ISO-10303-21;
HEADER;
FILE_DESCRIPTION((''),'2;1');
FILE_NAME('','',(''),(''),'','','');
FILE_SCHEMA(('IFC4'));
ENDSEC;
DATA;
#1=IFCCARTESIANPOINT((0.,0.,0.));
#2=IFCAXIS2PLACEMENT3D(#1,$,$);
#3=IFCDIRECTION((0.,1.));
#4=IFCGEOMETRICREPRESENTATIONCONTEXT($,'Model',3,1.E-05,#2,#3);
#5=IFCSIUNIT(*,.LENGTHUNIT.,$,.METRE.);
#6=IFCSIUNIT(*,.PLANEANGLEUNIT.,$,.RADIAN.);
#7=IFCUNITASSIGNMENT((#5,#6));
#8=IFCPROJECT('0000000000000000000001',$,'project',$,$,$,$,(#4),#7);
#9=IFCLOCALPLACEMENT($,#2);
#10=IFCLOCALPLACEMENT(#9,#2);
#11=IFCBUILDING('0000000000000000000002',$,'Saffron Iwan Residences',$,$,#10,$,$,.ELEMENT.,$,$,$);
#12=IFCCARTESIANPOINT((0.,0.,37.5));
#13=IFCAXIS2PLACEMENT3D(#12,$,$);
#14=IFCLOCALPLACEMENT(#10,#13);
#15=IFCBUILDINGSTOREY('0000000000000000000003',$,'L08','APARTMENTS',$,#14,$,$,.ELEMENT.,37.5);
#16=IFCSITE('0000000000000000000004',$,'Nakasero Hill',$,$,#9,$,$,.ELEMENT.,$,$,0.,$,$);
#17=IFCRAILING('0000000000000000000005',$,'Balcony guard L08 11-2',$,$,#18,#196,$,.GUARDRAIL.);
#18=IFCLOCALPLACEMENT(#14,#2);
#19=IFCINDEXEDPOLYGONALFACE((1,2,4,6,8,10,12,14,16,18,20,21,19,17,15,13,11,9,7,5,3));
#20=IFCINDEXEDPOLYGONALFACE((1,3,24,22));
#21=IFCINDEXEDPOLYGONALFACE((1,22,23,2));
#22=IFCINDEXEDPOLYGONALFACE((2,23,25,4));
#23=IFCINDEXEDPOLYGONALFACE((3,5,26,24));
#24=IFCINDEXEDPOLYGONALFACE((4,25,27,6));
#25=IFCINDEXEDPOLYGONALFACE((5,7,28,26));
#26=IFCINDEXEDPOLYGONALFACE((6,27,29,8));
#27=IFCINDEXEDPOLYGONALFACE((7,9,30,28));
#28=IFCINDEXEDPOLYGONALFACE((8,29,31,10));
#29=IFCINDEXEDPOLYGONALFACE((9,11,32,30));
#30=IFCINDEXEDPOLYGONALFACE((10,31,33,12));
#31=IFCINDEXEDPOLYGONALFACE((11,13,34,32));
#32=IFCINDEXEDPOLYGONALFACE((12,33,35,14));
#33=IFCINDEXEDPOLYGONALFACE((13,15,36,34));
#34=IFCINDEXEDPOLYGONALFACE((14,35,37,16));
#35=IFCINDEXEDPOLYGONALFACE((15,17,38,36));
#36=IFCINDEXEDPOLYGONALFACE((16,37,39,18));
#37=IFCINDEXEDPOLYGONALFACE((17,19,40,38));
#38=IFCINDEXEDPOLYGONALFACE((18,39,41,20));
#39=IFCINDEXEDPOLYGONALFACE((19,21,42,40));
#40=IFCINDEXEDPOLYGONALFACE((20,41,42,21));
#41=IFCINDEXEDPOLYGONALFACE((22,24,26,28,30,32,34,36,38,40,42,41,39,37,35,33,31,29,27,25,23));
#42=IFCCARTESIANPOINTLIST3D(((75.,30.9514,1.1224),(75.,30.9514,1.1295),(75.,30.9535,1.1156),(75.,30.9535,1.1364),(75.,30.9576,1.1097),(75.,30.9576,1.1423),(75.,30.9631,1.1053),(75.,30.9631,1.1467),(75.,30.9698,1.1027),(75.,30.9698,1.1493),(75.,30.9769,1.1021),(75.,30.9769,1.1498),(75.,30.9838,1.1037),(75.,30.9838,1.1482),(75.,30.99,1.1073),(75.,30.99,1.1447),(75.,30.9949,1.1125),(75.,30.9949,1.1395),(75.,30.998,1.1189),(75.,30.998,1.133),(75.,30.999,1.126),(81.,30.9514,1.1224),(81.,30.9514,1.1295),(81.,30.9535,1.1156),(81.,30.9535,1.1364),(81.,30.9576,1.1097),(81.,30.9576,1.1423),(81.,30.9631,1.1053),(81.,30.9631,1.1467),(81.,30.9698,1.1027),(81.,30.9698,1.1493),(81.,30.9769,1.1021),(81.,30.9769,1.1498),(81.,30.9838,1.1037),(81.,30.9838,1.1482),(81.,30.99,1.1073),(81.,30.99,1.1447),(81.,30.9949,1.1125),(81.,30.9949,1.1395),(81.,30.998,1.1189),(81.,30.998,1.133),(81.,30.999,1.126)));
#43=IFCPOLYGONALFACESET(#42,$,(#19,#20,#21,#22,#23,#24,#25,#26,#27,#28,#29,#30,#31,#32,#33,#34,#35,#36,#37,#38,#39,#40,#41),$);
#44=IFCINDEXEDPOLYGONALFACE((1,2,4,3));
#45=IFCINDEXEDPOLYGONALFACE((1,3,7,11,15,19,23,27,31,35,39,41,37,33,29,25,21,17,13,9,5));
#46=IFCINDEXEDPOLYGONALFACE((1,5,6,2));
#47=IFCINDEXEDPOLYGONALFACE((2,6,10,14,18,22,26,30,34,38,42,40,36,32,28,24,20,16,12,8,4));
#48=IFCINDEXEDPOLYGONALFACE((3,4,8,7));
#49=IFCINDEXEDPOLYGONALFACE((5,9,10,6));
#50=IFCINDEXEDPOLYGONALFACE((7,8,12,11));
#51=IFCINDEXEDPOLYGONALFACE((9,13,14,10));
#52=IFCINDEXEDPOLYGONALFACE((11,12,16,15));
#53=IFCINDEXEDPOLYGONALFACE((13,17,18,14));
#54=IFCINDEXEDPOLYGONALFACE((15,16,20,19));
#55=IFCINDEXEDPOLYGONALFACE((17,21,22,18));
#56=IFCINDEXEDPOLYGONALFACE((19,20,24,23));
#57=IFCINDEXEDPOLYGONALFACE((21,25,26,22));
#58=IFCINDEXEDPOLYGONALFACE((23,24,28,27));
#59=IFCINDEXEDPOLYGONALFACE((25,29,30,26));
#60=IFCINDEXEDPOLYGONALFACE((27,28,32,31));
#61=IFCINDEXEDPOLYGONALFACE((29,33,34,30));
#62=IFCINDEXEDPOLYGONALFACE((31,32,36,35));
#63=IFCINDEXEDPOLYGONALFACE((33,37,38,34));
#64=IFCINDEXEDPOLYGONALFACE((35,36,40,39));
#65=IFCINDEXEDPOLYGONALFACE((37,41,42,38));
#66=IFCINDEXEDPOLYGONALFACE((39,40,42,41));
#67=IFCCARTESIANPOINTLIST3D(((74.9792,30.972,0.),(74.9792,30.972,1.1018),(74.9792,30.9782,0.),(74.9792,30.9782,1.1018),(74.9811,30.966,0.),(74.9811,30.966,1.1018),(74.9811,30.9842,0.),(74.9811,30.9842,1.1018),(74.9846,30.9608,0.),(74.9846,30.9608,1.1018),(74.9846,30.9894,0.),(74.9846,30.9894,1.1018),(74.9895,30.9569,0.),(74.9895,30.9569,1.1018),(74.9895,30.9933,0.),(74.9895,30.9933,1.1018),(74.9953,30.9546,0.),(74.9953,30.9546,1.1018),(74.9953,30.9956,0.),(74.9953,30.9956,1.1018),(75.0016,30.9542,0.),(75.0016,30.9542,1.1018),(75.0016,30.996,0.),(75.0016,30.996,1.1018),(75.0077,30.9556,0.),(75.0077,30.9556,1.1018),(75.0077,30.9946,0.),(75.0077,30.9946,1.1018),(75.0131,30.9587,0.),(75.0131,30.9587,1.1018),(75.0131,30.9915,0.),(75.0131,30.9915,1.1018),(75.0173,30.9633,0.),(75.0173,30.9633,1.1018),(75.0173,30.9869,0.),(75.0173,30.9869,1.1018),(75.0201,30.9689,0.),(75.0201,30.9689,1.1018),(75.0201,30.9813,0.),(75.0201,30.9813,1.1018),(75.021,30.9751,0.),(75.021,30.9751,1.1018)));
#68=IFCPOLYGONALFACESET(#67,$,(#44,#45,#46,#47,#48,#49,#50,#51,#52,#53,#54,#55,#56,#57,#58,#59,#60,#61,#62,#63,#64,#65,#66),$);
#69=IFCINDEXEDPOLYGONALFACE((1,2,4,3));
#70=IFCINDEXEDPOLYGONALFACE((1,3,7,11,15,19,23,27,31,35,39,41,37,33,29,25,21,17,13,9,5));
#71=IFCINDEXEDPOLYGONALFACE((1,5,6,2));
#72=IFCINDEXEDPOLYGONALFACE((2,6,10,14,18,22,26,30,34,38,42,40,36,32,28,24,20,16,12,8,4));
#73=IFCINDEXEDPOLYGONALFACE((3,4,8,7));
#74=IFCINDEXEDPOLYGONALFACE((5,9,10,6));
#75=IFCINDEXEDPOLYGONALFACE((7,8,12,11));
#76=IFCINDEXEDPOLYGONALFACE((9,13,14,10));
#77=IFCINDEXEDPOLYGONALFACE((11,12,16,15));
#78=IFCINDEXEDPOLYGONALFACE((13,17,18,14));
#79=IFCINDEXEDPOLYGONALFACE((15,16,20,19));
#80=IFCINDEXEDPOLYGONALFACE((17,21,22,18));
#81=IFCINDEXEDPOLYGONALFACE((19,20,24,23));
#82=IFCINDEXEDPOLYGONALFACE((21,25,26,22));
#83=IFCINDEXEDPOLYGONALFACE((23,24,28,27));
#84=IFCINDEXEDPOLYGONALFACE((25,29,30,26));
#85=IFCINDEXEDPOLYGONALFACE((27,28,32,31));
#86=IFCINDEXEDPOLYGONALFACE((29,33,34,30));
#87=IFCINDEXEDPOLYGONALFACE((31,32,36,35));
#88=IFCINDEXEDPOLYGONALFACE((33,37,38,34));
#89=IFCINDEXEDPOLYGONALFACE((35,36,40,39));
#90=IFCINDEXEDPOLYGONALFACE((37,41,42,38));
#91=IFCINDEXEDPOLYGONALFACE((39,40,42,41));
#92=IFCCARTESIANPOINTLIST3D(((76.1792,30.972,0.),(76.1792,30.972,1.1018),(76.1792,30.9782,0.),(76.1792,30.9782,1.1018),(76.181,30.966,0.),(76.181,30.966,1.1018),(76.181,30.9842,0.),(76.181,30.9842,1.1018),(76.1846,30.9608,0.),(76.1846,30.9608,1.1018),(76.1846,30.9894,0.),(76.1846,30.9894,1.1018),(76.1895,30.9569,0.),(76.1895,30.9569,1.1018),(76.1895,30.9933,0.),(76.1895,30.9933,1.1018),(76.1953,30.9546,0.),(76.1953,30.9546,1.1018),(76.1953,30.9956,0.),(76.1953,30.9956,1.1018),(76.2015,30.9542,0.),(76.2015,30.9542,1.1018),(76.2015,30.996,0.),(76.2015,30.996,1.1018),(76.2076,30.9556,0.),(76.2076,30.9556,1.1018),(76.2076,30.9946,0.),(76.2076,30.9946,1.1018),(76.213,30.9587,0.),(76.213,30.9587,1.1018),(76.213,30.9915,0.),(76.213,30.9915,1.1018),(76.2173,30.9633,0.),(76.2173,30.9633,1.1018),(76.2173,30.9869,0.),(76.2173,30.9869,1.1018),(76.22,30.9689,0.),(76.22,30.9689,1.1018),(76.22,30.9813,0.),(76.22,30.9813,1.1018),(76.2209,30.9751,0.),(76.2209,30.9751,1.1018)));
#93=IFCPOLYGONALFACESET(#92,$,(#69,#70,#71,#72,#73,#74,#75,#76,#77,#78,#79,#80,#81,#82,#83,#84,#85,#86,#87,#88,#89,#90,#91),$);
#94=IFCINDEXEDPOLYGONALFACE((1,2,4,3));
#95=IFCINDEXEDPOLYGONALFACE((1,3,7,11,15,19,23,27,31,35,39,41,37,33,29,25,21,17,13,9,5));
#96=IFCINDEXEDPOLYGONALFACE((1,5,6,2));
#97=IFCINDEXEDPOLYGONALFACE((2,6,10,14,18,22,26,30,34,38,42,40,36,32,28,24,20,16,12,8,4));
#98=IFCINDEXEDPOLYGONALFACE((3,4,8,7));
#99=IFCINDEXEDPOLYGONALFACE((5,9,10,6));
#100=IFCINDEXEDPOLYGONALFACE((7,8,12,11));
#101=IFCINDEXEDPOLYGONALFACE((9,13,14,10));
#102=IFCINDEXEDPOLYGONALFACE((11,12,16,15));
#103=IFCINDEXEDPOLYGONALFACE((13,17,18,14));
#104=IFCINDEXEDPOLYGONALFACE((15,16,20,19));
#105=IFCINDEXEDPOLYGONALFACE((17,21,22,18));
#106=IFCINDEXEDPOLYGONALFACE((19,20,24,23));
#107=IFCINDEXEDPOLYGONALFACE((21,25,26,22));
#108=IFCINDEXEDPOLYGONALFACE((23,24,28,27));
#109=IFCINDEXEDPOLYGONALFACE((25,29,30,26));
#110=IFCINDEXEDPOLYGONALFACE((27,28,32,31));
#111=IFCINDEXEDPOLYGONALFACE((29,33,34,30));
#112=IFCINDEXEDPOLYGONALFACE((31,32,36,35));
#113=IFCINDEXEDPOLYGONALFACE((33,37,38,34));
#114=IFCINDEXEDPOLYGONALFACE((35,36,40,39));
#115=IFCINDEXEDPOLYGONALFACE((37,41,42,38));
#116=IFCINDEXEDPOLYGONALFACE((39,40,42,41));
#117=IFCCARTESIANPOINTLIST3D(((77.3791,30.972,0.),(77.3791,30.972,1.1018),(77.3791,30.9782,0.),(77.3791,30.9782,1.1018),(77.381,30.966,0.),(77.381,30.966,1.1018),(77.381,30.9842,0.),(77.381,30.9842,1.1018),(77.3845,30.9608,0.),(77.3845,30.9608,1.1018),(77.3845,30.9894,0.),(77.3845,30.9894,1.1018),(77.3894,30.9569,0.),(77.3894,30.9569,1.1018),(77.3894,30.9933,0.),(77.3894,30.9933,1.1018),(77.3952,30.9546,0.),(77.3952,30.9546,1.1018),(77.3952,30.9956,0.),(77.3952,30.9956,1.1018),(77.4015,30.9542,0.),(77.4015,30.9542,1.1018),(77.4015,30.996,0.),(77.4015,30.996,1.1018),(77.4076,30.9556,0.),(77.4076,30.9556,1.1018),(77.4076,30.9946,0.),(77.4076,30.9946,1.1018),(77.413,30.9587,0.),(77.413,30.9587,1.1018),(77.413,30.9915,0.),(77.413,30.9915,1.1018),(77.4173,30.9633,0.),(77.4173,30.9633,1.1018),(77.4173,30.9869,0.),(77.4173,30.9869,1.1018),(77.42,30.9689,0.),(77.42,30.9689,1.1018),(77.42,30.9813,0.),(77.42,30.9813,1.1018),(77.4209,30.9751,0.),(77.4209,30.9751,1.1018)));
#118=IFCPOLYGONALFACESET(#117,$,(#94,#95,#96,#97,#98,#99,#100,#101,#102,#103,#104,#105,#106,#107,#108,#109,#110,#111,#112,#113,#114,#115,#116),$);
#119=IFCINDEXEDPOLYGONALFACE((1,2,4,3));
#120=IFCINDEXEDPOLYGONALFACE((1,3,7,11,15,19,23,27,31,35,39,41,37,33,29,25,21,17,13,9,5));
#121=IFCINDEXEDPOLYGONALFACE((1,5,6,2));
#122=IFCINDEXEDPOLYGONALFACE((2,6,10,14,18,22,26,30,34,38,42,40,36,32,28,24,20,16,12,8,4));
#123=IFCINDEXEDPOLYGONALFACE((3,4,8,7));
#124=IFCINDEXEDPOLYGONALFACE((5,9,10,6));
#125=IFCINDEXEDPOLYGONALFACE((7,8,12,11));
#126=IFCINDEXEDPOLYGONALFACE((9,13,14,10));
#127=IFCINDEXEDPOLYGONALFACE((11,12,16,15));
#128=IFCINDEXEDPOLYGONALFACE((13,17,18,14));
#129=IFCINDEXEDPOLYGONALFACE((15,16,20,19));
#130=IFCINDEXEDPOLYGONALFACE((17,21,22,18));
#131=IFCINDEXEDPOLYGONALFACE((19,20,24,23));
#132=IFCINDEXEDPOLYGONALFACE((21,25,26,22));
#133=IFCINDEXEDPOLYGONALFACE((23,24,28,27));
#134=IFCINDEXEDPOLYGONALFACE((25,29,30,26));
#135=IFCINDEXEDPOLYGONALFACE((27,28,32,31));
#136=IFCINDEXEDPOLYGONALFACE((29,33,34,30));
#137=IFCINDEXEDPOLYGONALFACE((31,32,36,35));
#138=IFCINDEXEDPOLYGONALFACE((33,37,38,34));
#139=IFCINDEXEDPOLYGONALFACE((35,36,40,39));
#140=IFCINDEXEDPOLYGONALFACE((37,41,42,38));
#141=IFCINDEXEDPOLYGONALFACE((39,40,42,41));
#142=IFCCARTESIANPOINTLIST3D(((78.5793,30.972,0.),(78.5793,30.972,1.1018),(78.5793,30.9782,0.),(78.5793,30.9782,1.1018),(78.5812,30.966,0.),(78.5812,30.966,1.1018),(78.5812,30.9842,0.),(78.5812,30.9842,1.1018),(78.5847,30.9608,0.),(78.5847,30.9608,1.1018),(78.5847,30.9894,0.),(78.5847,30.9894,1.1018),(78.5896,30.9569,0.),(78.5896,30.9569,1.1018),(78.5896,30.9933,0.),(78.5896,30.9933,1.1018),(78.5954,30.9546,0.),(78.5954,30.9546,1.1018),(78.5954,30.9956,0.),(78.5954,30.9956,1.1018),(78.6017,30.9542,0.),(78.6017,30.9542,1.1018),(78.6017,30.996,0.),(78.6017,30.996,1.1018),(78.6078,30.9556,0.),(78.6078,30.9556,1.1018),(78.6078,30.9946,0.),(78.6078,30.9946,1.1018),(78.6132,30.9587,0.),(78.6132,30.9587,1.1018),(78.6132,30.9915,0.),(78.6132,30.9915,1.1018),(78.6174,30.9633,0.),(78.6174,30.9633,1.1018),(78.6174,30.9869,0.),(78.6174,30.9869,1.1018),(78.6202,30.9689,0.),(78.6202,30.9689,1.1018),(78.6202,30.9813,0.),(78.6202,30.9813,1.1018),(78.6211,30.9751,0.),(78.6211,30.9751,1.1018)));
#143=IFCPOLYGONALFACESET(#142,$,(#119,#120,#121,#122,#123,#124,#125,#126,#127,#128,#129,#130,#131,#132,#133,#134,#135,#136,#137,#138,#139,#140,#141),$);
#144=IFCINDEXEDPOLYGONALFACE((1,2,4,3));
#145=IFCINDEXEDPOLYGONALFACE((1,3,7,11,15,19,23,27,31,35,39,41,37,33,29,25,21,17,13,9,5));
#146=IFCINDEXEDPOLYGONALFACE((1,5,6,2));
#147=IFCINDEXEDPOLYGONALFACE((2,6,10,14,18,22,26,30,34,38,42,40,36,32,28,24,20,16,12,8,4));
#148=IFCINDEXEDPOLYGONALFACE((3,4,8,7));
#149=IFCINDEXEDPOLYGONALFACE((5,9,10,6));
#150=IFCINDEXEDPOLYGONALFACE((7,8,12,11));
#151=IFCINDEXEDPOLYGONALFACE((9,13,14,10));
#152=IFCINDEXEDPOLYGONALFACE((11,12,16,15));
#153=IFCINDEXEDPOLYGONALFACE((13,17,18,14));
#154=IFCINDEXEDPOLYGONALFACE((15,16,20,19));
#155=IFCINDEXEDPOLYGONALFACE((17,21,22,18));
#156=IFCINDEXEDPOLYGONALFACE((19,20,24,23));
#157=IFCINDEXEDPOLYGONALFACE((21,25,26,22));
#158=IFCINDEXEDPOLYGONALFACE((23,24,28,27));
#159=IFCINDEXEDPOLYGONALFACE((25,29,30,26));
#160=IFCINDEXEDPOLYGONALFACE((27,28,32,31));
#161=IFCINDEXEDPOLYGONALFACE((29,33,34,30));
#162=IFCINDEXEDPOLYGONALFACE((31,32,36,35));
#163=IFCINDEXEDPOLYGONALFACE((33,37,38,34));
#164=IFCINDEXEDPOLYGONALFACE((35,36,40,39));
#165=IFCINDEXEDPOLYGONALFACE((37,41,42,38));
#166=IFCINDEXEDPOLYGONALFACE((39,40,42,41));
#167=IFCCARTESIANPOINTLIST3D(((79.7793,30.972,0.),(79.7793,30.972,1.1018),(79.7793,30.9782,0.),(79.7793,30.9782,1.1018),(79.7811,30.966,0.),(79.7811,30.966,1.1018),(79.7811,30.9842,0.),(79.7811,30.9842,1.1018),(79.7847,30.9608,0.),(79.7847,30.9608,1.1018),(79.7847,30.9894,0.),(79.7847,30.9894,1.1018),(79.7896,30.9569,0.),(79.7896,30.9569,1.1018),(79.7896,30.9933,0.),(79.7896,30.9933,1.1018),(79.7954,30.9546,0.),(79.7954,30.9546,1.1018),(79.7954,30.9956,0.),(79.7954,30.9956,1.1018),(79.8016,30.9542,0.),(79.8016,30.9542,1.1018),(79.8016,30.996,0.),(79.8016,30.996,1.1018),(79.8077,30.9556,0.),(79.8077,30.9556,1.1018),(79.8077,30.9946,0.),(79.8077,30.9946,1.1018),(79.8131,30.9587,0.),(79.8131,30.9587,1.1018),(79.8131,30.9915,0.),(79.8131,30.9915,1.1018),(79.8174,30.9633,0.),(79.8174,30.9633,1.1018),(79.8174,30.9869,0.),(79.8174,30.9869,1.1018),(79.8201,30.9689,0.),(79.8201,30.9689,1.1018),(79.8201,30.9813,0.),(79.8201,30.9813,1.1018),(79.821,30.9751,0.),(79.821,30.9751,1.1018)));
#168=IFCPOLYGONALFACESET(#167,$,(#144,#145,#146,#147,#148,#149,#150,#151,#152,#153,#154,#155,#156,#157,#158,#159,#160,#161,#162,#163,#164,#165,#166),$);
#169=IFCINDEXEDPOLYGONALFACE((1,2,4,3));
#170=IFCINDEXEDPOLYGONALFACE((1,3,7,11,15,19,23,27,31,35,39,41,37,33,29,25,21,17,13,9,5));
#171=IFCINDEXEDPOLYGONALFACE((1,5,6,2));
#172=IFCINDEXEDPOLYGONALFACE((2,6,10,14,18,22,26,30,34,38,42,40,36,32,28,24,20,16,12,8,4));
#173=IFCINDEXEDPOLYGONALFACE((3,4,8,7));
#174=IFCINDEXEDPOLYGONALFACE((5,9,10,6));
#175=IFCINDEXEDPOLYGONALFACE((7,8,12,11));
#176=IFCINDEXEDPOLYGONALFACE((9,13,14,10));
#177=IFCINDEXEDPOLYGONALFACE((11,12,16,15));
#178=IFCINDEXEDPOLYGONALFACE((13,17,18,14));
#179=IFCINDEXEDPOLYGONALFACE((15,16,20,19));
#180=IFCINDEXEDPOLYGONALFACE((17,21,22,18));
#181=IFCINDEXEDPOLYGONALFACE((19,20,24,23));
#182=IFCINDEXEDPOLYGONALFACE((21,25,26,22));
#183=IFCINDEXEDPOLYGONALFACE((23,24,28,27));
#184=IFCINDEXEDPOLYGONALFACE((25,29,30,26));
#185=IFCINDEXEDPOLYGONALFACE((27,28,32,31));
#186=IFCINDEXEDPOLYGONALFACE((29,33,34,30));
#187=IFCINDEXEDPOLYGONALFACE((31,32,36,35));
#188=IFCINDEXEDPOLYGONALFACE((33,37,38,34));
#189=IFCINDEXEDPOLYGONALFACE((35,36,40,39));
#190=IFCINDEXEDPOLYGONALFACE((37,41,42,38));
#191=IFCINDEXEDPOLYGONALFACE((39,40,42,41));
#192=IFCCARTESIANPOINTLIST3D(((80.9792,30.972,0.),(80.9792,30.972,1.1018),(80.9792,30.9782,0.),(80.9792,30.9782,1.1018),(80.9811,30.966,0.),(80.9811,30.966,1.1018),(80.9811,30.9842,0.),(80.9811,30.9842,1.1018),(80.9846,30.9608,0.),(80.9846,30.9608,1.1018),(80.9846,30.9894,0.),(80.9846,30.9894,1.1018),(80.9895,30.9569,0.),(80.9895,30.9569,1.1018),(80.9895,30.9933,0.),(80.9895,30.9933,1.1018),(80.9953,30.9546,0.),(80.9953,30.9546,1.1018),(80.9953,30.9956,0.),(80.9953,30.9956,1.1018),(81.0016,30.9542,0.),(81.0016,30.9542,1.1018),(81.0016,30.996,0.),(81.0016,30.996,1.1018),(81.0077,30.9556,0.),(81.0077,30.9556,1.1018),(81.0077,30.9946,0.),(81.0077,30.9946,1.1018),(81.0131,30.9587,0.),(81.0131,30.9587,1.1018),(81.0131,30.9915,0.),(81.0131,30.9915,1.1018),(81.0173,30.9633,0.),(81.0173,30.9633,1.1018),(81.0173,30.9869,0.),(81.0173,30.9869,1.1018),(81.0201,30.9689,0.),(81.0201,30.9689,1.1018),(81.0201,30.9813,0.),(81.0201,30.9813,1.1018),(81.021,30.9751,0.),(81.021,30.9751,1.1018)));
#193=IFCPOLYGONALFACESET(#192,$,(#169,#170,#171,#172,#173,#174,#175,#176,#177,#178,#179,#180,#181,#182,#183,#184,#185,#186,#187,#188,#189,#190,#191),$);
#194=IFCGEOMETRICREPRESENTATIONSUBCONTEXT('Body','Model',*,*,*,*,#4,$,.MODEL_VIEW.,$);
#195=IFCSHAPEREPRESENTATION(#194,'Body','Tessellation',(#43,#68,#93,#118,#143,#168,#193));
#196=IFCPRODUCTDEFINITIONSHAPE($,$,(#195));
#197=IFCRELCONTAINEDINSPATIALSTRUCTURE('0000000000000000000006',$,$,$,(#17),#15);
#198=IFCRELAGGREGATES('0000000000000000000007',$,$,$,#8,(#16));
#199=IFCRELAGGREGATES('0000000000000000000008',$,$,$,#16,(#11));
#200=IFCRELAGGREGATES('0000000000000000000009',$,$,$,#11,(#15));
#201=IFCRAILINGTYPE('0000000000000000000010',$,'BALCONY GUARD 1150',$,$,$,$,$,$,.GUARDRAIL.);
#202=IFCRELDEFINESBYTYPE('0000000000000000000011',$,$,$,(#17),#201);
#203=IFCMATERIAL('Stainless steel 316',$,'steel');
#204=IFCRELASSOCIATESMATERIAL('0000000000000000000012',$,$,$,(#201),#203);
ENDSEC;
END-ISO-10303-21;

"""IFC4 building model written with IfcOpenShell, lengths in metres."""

from ifc_helpers import new_model, si_unit, direction, frame, origin, origin_2d, place, context, subcontext, project, spatial, circle, extrude, material, type_object, element, save


model = new_model("IFC4")

# Units and contexts
model_context = context("Model", 3, precision=1e-05, world=origin(), true_north=direction((0.0, 1.0)))
body_context = subcontext(model_context, "Body", "Model", "MODEL_VIEW")
ifc_project = project(units=[si_unit("LENGTHUNIT", "METRE"), si_unit("PLANEANGLEUNIT", "RADIAN")], contexts=[model_context])

# Site, building, storey
site_placement = place(None, origin())
site = spatial("IfcSite", under=ifc_project, at=site_placement, Name="Nakasero Hill", CompositionType="ELEMENT", RefElevation=0.0)
building_placement = place(site_placement, origin())
building = spatial("IfcBuilding", under=site, at=building_placement, Name="Saffron Iwan Residences", CompositionType="ELEMENT")
storey_placement = place(building_placement, frame((0.0, 0.0, 37.5)))
storey = spatial("IfcBuildingStorey", under=building, at=storey_placement, Name="L08", Description="APARTMENTS", CompositionType="ELEMENT", Elevation=37.5)

# Railing
ifc_material_1 = material(Name="Stainless steel 316", Category="steel")
railing_type = type_object("IfcRailingType", Name="BALCONY GUARD 1150", PredefinedType="GUARDRAIL", material=ifc_material_1)
railing_placement = place(storey_placement, frame((75.0, 30.9751, 0.0)))
element("IfcRailing", 1, at=railing_placement, inside=storey, type_object=railing_type, Name="Balcony guard L08 11-2", PredefinedType="GUARDRAIL", context=body_context, shape_type="SweptSolid", body=[
    extrude(circle(Radius=0.0239, at=origin_2d()), frame((0.0, 0.0, 1.126), z_axis=(1.0, 0.0, 0.0), x_axis=(0.0, 1.0, 0.0)), (0.0, 0.0, 1.0), 6.0),
    extrude(circle(Radius=0.021, at=origin_2d()), origin(), (0.0, 0.0, 1.0), 1.1018),
    extrude(circle(Radius=0.021, at=origin_2d()), frame((1.2, 0.0, 0.0)), (0.0, 0.0, 1.0), 1.1018),
    extrude(circle(Radius=0.021, at=origin_2d()), frame((2.3999, 0.0, 0.0)), (0.0, 0.0, 1.0), 1.1018),
    extrude(circle(Radius=0.021, at=origin_2d()), frame((3.6001, 0.0, 0.0)), (0.0, 0.0, 1.0), 1.1018),
    extrude(circle(Radius=0.021, at=origin_2d()), frame((4.8, 0.0, 0.0)), (0.0, 0.0, 1.0), 1.1018),
    extrude(circle(Radius=0.021, at=origin_2d()), frame((6.0, 0.0, 0.0)), (0.0, 0.0, 1.0), 1.1018),
])

save(model, "model.ifc")
